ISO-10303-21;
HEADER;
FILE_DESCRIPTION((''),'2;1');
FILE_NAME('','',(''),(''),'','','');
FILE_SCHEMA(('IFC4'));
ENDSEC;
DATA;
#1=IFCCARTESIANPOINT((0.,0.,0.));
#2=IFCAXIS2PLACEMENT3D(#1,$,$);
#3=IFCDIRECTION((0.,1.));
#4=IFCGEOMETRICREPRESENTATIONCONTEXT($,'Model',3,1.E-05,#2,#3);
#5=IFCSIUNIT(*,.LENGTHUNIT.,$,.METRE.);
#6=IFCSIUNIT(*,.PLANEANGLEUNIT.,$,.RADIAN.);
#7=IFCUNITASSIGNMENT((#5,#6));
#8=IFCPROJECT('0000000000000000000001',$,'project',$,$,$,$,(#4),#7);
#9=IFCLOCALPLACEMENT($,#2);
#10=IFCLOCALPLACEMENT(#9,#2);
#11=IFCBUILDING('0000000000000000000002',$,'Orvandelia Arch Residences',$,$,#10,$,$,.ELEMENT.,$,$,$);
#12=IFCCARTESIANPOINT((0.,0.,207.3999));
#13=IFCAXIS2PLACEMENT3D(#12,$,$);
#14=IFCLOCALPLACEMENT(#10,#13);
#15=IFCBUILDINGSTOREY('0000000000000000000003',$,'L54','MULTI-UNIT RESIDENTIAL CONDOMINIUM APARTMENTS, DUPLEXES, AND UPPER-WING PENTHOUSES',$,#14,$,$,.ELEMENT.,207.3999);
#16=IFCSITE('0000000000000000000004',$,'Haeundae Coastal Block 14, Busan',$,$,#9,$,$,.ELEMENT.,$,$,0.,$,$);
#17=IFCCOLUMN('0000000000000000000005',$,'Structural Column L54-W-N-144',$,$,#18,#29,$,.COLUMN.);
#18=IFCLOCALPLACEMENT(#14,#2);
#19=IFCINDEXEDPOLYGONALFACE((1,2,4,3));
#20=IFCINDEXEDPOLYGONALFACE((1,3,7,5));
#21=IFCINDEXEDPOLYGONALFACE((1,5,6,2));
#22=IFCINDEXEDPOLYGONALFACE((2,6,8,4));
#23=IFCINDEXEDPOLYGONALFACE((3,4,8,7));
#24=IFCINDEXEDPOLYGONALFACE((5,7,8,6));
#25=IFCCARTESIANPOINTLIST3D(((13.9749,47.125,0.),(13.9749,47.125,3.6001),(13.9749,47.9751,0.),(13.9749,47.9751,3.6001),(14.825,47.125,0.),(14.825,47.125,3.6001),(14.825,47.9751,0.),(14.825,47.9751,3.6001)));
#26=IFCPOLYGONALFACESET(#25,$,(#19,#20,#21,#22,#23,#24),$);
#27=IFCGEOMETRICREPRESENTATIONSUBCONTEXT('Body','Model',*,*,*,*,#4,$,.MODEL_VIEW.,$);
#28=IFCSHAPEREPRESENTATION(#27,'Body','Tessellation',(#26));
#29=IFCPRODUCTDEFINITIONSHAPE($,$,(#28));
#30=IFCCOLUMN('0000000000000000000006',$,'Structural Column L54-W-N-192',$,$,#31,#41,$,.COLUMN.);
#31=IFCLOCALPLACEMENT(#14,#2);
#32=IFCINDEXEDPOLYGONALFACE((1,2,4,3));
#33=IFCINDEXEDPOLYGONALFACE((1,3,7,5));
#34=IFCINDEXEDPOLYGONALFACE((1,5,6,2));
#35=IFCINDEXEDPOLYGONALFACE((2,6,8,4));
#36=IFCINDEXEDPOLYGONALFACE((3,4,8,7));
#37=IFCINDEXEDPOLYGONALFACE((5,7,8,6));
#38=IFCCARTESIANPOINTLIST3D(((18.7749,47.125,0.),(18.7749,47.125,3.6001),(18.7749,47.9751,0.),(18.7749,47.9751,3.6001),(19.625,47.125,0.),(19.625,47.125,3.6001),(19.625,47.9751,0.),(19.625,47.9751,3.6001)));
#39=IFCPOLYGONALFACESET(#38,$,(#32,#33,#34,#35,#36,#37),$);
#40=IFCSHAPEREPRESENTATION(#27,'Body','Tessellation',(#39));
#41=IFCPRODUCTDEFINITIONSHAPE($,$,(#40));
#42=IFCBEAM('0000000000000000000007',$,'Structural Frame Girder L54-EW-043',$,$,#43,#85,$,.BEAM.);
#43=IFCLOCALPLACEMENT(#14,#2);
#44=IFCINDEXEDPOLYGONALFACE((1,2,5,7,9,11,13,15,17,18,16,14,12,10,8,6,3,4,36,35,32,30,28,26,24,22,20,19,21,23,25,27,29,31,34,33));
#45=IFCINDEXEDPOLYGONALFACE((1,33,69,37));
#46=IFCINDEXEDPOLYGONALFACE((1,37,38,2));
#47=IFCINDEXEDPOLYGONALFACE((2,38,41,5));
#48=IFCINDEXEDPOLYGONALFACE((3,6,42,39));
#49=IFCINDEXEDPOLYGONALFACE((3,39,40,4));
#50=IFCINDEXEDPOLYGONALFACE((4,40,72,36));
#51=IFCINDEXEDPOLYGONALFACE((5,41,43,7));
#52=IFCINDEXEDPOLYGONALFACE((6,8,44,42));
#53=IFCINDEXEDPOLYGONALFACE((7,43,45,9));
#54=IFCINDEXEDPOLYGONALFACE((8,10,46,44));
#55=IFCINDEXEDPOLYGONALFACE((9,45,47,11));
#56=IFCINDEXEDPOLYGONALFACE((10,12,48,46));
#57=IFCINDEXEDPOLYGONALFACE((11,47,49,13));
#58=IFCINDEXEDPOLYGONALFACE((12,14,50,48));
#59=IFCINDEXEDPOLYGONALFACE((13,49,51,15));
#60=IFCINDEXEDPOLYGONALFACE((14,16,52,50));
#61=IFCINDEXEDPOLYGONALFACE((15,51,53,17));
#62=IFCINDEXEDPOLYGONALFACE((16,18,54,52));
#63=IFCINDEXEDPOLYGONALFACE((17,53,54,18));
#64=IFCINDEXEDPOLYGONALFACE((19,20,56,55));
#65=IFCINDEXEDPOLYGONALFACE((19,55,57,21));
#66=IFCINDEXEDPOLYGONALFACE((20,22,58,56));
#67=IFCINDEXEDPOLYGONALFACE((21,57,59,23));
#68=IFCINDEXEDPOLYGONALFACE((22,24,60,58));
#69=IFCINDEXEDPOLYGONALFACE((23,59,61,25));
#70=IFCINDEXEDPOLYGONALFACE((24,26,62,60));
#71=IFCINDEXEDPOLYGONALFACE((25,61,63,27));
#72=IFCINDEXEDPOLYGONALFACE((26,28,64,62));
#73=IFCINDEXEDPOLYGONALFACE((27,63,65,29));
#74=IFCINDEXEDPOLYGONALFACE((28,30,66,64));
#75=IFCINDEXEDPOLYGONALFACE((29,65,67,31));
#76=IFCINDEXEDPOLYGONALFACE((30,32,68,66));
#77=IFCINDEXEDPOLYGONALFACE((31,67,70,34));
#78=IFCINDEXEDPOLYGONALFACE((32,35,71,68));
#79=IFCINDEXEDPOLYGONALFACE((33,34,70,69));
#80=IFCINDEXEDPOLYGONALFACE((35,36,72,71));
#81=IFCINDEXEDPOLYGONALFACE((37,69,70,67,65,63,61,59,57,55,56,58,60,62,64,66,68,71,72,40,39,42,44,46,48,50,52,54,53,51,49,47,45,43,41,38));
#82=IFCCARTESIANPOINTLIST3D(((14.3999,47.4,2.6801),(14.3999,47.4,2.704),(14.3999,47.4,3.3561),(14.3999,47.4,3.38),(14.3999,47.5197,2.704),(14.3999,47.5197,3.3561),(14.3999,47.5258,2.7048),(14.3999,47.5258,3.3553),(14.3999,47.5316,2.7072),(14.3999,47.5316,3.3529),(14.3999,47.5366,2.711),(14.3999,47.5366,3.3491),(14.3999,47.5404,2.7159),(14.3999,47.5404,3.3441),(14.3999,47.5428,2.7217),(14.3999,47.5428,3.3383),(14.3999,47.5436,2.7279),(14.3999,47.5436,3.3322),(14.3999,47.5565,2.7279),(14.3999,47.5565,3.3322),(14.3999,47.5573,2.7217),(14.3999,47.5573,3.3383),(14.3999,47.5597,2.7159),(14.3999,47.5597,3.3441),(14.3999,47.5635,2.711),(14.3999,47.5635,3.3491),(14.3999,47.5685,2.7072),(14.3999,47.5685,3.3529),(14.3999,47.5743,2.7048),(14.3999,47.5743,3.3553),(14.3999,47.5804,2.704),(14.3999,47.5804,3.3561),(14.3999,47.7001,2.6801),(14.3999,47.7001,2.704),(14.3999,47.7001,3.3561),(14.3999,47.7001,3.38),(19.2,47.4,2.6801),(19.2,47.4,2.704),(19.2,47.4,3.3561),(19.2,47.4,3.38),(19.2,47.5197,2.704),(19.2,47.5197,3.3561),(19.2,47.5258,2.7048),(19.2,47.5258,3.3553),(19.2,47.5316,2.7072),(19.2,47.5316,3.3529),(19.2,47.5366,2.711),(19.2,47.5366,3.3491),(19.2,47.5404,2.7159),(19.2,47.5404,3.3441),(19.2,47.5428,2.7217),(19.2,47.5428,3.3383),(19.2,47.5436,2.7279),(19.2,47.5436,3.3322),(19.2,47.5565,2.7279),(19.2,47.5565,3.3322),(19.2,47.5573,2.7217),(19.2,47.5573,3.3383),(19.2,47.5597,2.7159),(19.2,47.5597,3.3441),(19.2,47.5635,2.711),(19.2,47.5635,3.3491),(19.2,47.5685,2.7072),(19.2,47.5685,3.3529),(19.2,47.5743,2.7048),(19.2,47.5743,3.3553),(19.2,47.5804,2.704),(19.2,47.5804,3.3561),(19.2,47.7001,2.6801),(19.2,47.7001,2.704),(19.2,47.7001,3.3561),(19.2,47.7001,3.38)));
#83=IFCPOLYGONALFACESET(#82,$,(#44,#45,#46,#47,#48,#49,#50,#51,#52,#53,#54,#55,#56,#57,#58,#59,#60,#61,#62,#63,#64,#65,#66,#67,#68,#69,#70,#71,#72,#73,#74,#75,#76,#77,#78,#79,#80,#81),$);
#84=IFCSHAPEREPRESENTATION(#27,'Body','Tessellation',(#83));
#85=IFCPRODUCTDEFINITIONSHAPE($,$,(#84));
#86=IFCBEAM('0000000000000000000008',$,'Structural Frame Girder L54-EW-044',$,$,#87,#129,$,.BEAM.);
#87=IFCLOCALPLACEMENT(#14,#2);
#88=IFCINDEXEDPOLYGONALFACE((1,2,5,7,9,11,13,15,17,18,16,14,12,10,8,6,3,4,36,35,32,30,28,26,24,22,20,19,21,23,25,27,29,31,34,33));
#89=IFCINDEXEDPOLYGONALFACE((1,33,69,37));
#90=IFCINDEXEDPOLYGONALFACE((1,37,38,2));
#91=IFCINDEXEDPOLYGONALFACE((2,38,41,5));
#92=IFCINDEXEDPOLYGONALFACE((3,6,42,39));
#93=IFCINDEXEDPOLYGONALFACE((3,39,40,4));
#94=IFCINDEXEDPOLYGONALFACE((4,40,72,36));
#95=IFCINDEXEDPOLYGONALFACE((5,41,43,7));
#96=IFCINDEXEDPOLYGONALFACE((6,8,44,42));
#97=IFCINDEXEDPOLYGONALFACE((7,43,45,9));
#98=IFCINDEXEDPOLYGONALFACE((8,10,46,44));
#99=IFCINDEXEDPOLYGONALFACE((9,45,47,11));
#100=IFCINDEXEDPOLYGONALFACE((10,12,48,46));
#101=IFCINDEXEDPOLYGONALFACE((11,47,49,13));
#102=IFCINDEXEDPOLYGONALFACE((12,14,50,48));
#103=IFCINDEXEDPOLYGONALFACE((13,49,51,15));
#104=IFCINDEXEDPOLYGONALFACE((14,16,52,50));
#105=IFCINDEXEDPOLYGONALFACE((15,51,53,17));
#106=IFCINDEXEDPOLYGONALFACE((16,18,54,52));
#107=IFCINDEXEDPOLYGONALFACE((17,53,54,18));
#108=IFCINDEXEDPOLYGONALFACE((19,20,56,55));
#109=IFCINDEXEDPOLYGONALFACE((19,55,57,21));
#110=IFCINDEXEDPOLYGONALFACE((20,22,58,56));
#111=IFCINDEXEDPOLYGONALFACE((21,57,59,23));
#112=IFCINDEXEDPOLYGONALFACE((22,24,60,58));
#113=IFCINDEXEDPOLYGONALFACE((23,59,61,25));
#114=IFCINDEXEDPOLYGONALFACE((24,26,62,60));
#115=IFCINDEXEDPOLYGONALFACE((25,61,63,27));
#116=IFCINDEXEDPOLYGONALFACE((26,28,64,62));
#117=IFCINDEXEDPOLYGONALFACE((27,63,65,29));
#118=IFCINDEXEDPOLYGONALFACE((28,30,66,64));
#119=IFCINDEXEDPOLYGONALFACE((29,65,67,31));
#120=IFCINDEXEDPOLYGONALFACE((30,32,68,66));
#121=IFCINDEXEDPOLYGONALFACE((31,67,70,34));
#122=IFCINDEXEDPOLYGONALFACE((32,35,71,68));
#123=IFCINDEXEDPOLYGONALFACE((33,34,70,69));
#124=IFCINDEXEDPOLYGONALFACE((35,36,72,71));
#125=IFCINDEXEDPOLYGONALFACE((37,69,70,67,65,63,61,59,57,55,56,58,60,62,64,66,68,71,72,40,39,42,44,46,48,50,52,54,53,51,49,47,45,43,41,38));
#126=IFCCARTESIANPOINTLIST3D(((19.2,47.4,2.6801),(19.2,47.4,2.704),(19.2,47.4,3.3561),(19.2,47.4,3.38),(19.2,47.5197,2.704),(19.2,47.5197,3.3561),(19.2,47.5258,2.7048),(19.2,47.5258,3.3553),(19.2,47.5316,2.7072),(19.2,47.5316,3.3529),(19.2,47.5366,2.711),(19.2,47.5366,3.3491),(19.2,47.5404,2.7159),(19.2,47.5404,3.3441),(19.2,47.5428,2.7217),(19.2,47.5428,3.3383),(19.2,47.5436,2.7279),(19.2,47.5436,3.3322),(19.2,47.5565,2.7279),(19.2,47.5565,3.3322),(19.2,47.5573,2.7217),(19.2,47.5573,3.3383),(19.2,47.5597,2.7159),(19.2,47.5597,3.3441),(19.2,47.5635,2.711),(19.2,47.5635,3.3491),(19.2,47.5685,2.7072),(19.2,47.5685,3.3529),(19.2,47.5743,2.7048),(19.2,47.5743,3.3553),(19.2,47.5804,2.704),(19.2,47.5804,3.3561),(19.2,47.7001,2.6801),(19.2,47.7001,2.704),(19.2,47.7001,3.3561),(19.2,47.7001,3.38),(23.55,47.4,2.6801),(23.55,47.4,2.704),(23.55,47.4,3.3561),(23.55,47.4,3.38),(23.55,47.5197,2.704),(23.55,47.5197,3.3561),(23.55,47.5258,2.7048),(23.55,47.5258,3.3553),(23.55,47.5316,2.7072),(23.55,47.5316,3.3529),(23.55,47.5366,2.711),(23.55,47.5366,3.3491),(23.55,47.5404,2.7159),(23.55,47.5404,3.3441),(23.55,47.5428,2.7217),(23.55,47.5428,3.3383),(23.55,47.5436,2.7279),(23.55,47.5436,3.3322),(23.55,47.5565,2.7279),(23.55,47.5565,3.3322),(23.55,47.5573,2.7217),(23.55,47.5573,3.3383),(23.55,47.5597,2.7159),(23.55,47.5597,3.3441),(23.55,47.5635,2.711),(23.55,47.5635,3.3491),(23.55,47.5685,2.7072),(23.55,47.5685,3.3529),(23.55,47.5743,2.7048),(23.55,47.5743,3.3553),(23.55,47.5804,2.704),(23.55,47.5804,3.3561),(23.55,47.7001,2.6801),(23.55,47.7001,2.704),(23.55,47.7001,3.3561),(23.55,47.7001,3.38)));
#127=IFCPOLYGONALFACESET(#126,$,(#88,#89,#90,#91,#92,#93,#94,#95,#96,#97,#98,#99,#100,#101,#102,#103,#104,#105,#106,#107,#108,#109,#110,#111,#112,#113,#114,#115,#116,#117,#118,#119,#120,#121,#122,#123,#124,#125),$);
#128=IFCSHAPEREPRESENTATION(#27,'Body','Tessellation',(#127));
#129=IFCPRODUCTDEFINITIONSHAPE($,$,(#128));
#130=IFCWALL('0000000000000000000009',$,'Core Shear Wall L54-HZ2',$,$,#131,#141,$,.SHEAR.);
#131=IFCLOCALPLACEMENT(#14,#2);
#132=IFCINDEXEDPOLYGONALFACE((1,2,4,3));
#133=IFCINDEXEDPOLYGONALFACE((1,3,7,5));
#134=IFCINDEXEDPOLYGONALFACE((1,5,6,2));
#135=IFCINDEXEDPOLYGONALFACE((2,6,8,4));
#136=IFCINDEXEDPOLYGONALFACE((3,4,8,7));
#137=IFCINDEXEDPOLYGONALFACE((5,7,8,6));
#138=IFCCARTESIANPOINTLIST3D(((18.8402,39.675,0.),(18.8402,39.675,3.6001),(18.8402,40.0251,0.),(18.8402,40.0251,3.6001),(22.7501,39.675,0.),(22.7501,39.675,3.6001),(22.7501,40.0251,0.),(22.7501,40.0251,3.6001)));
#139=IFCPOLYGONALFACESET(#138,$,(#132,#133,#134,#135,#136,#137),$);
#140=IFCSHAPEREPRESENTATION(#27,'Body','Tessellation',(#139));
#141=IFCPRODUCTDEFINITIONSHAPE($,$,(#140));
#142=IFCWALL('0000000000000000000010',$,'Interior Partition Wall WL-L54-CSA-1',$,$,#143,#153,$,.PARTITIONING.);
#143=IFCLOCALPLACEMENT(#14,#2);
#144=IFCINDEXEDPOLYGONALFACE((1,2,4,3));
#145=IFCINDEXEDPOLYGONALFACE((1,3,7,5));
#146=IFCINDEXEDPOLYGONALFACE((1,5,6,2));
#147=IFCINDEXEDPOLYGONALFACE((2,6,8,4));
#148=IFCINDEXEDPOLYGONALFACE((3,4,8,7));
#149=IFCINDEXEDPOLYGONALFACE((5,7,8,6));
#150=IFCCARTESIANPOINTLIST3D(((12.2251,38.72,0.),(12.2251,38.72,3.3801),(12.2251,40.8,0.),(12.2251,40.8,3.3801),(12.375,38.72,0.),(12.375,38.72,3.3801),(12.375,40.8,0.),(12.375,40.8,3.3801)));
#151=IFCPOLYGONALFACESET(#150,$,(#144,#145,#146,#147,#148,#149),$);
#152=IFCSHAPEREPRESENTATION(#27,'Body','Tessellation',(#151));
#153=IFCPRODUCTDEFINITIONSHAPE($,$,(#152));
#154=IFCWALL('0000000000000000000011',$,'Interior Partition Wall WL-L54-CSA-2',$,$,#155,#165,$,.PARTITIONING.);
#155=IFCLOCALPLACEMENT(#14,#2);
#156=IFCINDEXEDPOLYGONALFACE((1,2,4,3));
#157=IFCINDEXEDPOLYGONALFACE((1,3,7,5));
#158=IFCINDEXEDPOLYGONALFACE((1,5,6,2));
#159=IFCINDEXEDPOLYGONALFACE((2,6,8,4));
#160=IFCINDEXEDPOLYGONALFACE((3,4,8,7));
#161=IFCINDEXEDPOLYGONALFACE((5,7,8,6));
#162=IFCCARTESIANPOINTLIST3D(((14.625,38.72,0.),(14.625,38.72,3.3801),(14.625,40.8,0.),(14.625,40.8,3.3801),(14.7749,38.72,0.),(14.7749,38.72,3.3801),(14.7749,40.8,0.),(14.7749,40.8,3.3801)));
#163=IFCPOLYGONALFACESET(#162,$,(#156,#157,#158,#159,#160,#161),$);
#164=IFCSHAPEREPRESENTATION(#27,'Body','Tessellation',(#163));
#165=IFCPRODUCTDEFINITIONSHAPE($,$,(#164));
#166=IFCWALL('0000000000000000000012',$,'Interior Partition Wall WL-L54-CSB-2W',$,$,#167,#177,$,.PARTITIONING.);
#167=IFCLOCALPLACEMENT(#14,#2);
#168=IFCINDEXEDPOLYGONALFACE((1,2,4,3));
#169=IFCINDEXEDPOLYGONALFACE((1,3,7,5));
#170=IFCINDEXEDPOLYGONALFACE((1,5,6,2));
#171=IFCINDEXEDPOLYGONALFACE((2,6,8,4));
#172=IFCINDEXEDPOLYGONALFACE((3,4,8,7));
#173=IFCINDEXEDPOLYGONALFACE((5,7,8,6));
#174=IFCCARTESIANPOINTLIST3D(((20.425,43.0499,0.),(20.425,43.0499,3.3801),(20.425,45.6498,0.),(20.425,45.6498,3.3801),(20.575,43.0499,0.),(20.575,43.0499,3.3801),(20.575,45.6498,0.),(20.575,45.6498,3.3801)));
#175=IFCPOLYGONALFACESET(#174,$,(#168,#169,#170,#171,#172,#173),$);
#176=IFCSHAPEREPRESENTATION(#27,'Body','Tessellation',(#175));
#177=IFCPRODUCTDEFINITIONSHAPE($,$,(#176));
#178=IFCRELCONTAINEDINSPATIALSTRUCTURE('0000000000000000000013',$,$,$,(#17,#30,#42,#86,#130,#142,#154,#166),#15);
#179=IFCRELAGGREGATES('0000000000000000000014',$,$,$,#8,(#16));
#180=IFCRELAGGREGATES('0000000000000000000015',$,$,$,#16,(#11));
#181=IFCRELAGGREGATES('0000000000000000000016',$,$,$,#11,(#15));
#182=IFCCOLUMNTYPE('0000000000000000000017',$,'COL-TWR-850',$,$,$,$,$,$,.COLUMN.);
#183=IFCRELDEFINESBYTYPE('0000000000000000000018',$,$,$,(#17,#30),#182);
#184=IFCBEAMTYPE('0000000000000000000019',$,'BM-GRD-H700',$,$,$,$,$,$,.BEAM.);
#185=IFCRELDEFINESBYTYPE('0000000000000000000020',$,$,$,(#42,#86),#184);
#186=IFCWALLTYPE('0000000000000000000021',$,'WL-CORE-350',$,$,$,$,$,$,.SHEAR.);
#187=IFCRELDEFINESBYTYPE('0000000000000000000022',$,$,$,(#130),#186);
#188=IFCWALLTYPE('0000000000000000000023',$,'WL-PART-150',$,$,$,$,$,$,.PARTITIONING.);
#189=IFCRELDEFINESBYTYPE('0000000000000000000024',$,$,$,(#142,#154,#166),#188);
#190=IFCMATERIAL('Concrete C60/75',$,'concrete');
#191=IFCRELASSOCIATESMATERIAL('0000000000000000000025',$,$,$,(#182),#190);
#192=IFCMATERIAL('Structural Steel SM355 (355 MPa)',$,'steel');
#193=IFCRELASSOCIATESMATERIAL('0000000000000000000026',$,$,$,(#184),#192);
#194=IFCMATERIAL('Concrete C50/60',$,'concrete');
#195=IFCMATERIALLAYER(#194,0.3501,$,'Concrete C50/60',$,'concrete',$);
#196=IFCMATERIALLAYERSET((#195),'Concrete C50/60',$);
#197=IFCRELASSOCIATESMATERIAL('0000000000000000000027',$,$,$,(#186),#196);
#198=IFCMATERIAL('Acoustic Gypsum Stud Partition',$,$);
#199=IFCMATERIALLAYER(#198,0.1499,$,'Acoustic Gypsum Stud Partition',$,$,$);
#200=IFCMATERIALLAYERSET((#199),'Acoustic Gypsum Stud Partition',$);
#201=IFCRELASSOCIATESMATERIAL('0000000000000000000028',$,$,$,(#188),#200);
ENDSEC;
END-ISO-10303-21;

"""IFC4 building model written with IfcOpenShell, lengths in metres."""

from ifc_helpers import new_model, si_unit, direction, frame, frame_2d, origin, origin_2d, place, context, subcontext, project, spatial, rectangle, i_section, extrude, material, layer, layer_set, material_profile, profile_set, type_object, element, save


model = new_model("IFC4")

# Units and contexts
model_context = context("Model", 3, precision=1e-05, world=origin(), true_north=direction((0.0, 1.0)))
body_context = subcontext(model_context, "Body", "Model", "MODEL_VIEW")
ifc_project = project(units=[si_unit("LENGTHUNIT", "METRE"), si_unit("PLANEANGLEUNIT", "RADIAN")], contexts=[model_context])

# Site, building, storey
site_placement = place(None, origin())
site = spatial("IfcSite", under=ifc_project, at=site_placement, Name="Haeundae Coastal Block 14, Busan", CompositionType="ELEMENT", RefElevation=0.0)
building_placement = place(site_placement, origin())
building = spatial("IfcBuilding", under=site, at=building_placement, Name="Orvandelia Arch Residences", CompositionType="ELEMENT")
storey_placement = place(building_placement, frame((0.0, 0.0, 207.3999)))
storey = spatial("IfcBuildingStorey", under=building, at=storey_placement, Name="L54", Description="MULTI-UNIT RESIDENTIAL CONDOMINIUM APARTMENTS, DUPLEXES, AND UPPER-WING PENTHOUSES", CompositionType="ELEMENT", Elevation=207.3999)

# Columns
ifc_material_1 = material(Name="Concrete C60/75", Category="concrete")
ifc_material_profile_1 = material_profile(ifc_material_1, rectangle(XDim=0.8501, YDim=0.8501, at=origin_2d()), Name="Concrete C60/75", Category="concrete")
ifc_profile_set_1 = profile_set([ifc_material_profile_1], Name="Concrete C60/75")
column_type = type_object("IfcColumnType", Name="COL-TWR-850", PredefinedType="COLUMN", material=ifc_profile_set_1)
for number, where, z_axis, x_axis, name in (
    (1, (14.3999, 47.55, 0.0), (0.0, 0.0, 1.0), (1.0, 0.0, 0.0), "Structural Column L54-W-N-144"),
    (2, (19.2, 47.55, 0.0), (0.0, 0.0, 1.0), (1.0, 0.0, 0.0), "Structural Column L54-W-N-192"),
):
    element("IfcColumn", number, at=place(storey_placement, frame(where, z_axis=z_axis, x_axis=x_axis)), inside=storey, type_object=column_type, Name=name, PredefinedType="COLUMN", context=body_context, shape_type="SweptSolid", body=[
        extrude(rectangle(XDim=0.8501, YDim=0.8501, at=origin_2d()), origin(), (0.0, 0.0, 1.0), 3.6001),
    ])

# Beams
ifc_material_2 = material(Name="Structural Steel SM355 (355 MPa)", Category="steel")
ifc_material_profile_2 = material_profile(ifc_material_2, i_section(OverallWidth=0.3, OverallDepth=0.7, WebThickness=0.0129, FlangeThickness=0.0239, FilletRadius=0.0239, at=origin_2d()), Name="Structural Steel SM355 (355 MPa)", Category="steel")
ifc_profile_set_2 = profile_set([ifc_material_profile_2], Name="Structural Steel SM355 (355 MPa)")
beam_type = type_object("IfcBeamType", Name="BM-GRD-H700", PredefinedType="BEAM", material=ifc_profile_set_2)
beam_1_placement = place(storey_placement, frame((14.3999, 47.55, 3.03), z_axis=(1.0, 0.0, 0.0), x_axis=(0.0, 1.0, 0.0)))
element("IfcBeam", 3, at=beam_1_placement, inside=storey, type_object=beam_type, Name="Structural Frame Girder L54-EW-043", PredefinedType="BEAM", context=body_context, shape_type="SweptSolid", body=[
    extrude(i_section(OverallWidth=0.3, OverallDepth=0.7, WebThickness=0.0129, FlangeThickness=0.0239, FilletRadius=0.0239, at=origin_2d()), origin(), (0.0, 0.0, 1.0), 4.8),
])
beam_2_placement = place(storey_placement, frame((19.2, 47.55, 3.03), z_axis=(1.0, 0.0, 0.0), x_axis=(0.0, 1.0, 0.0)))
element("IfcBeam", 4, at=beam_2_placement, inside=storey, type_object=beam_type, Name="Structural Frame Girder L54-EW-044", PredefinedType="BEAM", context=body_context, shape_type="SweptSolid", body=[
    extrude(i_section(OverallWidth=0.3, OverallDepth=0.7, WebThickness=0.0129, FlangeThickness=0.0239, FilletRadius=0.0239, at=origin_2d()), origin(), (0.0, 0.0, 1.0), 4.3501),
])

# Wall
ifc_material_3 = material(Name="Concrete C50/60", Category="concrete")
ifc_layer_1 = layer(ifc_material_3, 0.3501, Name="Concrete C50/60", Category="concrete")
ifc_layer_set_1 = layer_set([ifc_layer_1], Name="Concrete C50/60")
wall_type_1 = type_object("IfcWallType", Name="WL-CORE-350", PredefinedType="SHEAR", material=ifc_layer_set_1)
wall_1_placement = place(storey_placement, frame((18.8401, 39.8501, 0.0), z_axis=(0.0, 0.0, 1.0), x_axis=(1.0, 0.0, 0.0)))
element("IfcWall", 5, at=wall_1_placement, inside=storey, type_object=wall_type_1, Name="Core Shear Wall L54-HZ2", PredefinedType="SHEAR", context=body_context, shape_type="SweptSolid", body=[
    extrude(rectangle(XDim=3.9099, YDim=0.3501, at=frame_2d((1.9551, 0.0))), origin(), (0.0, 0.0, 1.0), 3.6001),
])

# Walls
ifc_material_4 = material(Name="Acoustic Gypsum Stud Partition")
ifc_layer_2 = layer(ifc_material_4, 0.1499, Name="Acoustic Gypsum Stud Partition")
ifc_layer_set_2 = layer_set([ifc_layer_2], Name="Acoustic Gypsum Stud Partition")
wall_type_2 = type_object("IfcWallType", Name="WL-PART-150", PredefinedType="PARTITIONING", material=ifc_layer_set_2)
for number, where, z_axis, x_axis, name in (
    (6, (12.3, 38.72, 0.0), (0.0, 0.0, 1.0), (0.0, 1.0, 0.0), "Interior Partition Wall WL-L54-CSA-1"),
    (7, (14.7, 38.72, 0.0), (0.0, 0.0, 1.0), (0.0, 1.0, 0.0), "Interior Partition Wall WL-L54-CSA-2"),
):
    element("IfcWall", number, at=place(storey_placement, frame(where, z_axis=z_axis, x_axis=x_axis)), inside=storey, type_object=wall_type_2, Name=name, PredefinedType="PARTITIONING", context=body_context, shape_type="SweptSolid", body=[
        extrude(rectangle(XDim=2.0801, YDim=0.1499, at=frame_2d((1.04, 0.0))), origin(), (0.0, 0.0, 1.0), 3.3801),
    ])
wall_2_placement = place(storey_placement, frame((20.5, 43.05, 0.0), z_axis=(0.0, 0.0, 1.0), x_axis=(0.0, 1.0, 0.0)))
element("IfcWall", 8, at=wall_2_placement, inside=storey, type_object=wall_type_2, Name="Interior Partition Wall WL-L54-CSB-2W", PredefinedType="PARTITIONING", context=body_context, shape_type="SweptSolid", body=[
    extrude(rectangle(XDim=2.5999, YDim=0.1499, at=frame_2d((1.2998, 0.0))), origin(), (0.0, 0.0, 1.0), 3.3801),
])

save(model, "model.ifc")
